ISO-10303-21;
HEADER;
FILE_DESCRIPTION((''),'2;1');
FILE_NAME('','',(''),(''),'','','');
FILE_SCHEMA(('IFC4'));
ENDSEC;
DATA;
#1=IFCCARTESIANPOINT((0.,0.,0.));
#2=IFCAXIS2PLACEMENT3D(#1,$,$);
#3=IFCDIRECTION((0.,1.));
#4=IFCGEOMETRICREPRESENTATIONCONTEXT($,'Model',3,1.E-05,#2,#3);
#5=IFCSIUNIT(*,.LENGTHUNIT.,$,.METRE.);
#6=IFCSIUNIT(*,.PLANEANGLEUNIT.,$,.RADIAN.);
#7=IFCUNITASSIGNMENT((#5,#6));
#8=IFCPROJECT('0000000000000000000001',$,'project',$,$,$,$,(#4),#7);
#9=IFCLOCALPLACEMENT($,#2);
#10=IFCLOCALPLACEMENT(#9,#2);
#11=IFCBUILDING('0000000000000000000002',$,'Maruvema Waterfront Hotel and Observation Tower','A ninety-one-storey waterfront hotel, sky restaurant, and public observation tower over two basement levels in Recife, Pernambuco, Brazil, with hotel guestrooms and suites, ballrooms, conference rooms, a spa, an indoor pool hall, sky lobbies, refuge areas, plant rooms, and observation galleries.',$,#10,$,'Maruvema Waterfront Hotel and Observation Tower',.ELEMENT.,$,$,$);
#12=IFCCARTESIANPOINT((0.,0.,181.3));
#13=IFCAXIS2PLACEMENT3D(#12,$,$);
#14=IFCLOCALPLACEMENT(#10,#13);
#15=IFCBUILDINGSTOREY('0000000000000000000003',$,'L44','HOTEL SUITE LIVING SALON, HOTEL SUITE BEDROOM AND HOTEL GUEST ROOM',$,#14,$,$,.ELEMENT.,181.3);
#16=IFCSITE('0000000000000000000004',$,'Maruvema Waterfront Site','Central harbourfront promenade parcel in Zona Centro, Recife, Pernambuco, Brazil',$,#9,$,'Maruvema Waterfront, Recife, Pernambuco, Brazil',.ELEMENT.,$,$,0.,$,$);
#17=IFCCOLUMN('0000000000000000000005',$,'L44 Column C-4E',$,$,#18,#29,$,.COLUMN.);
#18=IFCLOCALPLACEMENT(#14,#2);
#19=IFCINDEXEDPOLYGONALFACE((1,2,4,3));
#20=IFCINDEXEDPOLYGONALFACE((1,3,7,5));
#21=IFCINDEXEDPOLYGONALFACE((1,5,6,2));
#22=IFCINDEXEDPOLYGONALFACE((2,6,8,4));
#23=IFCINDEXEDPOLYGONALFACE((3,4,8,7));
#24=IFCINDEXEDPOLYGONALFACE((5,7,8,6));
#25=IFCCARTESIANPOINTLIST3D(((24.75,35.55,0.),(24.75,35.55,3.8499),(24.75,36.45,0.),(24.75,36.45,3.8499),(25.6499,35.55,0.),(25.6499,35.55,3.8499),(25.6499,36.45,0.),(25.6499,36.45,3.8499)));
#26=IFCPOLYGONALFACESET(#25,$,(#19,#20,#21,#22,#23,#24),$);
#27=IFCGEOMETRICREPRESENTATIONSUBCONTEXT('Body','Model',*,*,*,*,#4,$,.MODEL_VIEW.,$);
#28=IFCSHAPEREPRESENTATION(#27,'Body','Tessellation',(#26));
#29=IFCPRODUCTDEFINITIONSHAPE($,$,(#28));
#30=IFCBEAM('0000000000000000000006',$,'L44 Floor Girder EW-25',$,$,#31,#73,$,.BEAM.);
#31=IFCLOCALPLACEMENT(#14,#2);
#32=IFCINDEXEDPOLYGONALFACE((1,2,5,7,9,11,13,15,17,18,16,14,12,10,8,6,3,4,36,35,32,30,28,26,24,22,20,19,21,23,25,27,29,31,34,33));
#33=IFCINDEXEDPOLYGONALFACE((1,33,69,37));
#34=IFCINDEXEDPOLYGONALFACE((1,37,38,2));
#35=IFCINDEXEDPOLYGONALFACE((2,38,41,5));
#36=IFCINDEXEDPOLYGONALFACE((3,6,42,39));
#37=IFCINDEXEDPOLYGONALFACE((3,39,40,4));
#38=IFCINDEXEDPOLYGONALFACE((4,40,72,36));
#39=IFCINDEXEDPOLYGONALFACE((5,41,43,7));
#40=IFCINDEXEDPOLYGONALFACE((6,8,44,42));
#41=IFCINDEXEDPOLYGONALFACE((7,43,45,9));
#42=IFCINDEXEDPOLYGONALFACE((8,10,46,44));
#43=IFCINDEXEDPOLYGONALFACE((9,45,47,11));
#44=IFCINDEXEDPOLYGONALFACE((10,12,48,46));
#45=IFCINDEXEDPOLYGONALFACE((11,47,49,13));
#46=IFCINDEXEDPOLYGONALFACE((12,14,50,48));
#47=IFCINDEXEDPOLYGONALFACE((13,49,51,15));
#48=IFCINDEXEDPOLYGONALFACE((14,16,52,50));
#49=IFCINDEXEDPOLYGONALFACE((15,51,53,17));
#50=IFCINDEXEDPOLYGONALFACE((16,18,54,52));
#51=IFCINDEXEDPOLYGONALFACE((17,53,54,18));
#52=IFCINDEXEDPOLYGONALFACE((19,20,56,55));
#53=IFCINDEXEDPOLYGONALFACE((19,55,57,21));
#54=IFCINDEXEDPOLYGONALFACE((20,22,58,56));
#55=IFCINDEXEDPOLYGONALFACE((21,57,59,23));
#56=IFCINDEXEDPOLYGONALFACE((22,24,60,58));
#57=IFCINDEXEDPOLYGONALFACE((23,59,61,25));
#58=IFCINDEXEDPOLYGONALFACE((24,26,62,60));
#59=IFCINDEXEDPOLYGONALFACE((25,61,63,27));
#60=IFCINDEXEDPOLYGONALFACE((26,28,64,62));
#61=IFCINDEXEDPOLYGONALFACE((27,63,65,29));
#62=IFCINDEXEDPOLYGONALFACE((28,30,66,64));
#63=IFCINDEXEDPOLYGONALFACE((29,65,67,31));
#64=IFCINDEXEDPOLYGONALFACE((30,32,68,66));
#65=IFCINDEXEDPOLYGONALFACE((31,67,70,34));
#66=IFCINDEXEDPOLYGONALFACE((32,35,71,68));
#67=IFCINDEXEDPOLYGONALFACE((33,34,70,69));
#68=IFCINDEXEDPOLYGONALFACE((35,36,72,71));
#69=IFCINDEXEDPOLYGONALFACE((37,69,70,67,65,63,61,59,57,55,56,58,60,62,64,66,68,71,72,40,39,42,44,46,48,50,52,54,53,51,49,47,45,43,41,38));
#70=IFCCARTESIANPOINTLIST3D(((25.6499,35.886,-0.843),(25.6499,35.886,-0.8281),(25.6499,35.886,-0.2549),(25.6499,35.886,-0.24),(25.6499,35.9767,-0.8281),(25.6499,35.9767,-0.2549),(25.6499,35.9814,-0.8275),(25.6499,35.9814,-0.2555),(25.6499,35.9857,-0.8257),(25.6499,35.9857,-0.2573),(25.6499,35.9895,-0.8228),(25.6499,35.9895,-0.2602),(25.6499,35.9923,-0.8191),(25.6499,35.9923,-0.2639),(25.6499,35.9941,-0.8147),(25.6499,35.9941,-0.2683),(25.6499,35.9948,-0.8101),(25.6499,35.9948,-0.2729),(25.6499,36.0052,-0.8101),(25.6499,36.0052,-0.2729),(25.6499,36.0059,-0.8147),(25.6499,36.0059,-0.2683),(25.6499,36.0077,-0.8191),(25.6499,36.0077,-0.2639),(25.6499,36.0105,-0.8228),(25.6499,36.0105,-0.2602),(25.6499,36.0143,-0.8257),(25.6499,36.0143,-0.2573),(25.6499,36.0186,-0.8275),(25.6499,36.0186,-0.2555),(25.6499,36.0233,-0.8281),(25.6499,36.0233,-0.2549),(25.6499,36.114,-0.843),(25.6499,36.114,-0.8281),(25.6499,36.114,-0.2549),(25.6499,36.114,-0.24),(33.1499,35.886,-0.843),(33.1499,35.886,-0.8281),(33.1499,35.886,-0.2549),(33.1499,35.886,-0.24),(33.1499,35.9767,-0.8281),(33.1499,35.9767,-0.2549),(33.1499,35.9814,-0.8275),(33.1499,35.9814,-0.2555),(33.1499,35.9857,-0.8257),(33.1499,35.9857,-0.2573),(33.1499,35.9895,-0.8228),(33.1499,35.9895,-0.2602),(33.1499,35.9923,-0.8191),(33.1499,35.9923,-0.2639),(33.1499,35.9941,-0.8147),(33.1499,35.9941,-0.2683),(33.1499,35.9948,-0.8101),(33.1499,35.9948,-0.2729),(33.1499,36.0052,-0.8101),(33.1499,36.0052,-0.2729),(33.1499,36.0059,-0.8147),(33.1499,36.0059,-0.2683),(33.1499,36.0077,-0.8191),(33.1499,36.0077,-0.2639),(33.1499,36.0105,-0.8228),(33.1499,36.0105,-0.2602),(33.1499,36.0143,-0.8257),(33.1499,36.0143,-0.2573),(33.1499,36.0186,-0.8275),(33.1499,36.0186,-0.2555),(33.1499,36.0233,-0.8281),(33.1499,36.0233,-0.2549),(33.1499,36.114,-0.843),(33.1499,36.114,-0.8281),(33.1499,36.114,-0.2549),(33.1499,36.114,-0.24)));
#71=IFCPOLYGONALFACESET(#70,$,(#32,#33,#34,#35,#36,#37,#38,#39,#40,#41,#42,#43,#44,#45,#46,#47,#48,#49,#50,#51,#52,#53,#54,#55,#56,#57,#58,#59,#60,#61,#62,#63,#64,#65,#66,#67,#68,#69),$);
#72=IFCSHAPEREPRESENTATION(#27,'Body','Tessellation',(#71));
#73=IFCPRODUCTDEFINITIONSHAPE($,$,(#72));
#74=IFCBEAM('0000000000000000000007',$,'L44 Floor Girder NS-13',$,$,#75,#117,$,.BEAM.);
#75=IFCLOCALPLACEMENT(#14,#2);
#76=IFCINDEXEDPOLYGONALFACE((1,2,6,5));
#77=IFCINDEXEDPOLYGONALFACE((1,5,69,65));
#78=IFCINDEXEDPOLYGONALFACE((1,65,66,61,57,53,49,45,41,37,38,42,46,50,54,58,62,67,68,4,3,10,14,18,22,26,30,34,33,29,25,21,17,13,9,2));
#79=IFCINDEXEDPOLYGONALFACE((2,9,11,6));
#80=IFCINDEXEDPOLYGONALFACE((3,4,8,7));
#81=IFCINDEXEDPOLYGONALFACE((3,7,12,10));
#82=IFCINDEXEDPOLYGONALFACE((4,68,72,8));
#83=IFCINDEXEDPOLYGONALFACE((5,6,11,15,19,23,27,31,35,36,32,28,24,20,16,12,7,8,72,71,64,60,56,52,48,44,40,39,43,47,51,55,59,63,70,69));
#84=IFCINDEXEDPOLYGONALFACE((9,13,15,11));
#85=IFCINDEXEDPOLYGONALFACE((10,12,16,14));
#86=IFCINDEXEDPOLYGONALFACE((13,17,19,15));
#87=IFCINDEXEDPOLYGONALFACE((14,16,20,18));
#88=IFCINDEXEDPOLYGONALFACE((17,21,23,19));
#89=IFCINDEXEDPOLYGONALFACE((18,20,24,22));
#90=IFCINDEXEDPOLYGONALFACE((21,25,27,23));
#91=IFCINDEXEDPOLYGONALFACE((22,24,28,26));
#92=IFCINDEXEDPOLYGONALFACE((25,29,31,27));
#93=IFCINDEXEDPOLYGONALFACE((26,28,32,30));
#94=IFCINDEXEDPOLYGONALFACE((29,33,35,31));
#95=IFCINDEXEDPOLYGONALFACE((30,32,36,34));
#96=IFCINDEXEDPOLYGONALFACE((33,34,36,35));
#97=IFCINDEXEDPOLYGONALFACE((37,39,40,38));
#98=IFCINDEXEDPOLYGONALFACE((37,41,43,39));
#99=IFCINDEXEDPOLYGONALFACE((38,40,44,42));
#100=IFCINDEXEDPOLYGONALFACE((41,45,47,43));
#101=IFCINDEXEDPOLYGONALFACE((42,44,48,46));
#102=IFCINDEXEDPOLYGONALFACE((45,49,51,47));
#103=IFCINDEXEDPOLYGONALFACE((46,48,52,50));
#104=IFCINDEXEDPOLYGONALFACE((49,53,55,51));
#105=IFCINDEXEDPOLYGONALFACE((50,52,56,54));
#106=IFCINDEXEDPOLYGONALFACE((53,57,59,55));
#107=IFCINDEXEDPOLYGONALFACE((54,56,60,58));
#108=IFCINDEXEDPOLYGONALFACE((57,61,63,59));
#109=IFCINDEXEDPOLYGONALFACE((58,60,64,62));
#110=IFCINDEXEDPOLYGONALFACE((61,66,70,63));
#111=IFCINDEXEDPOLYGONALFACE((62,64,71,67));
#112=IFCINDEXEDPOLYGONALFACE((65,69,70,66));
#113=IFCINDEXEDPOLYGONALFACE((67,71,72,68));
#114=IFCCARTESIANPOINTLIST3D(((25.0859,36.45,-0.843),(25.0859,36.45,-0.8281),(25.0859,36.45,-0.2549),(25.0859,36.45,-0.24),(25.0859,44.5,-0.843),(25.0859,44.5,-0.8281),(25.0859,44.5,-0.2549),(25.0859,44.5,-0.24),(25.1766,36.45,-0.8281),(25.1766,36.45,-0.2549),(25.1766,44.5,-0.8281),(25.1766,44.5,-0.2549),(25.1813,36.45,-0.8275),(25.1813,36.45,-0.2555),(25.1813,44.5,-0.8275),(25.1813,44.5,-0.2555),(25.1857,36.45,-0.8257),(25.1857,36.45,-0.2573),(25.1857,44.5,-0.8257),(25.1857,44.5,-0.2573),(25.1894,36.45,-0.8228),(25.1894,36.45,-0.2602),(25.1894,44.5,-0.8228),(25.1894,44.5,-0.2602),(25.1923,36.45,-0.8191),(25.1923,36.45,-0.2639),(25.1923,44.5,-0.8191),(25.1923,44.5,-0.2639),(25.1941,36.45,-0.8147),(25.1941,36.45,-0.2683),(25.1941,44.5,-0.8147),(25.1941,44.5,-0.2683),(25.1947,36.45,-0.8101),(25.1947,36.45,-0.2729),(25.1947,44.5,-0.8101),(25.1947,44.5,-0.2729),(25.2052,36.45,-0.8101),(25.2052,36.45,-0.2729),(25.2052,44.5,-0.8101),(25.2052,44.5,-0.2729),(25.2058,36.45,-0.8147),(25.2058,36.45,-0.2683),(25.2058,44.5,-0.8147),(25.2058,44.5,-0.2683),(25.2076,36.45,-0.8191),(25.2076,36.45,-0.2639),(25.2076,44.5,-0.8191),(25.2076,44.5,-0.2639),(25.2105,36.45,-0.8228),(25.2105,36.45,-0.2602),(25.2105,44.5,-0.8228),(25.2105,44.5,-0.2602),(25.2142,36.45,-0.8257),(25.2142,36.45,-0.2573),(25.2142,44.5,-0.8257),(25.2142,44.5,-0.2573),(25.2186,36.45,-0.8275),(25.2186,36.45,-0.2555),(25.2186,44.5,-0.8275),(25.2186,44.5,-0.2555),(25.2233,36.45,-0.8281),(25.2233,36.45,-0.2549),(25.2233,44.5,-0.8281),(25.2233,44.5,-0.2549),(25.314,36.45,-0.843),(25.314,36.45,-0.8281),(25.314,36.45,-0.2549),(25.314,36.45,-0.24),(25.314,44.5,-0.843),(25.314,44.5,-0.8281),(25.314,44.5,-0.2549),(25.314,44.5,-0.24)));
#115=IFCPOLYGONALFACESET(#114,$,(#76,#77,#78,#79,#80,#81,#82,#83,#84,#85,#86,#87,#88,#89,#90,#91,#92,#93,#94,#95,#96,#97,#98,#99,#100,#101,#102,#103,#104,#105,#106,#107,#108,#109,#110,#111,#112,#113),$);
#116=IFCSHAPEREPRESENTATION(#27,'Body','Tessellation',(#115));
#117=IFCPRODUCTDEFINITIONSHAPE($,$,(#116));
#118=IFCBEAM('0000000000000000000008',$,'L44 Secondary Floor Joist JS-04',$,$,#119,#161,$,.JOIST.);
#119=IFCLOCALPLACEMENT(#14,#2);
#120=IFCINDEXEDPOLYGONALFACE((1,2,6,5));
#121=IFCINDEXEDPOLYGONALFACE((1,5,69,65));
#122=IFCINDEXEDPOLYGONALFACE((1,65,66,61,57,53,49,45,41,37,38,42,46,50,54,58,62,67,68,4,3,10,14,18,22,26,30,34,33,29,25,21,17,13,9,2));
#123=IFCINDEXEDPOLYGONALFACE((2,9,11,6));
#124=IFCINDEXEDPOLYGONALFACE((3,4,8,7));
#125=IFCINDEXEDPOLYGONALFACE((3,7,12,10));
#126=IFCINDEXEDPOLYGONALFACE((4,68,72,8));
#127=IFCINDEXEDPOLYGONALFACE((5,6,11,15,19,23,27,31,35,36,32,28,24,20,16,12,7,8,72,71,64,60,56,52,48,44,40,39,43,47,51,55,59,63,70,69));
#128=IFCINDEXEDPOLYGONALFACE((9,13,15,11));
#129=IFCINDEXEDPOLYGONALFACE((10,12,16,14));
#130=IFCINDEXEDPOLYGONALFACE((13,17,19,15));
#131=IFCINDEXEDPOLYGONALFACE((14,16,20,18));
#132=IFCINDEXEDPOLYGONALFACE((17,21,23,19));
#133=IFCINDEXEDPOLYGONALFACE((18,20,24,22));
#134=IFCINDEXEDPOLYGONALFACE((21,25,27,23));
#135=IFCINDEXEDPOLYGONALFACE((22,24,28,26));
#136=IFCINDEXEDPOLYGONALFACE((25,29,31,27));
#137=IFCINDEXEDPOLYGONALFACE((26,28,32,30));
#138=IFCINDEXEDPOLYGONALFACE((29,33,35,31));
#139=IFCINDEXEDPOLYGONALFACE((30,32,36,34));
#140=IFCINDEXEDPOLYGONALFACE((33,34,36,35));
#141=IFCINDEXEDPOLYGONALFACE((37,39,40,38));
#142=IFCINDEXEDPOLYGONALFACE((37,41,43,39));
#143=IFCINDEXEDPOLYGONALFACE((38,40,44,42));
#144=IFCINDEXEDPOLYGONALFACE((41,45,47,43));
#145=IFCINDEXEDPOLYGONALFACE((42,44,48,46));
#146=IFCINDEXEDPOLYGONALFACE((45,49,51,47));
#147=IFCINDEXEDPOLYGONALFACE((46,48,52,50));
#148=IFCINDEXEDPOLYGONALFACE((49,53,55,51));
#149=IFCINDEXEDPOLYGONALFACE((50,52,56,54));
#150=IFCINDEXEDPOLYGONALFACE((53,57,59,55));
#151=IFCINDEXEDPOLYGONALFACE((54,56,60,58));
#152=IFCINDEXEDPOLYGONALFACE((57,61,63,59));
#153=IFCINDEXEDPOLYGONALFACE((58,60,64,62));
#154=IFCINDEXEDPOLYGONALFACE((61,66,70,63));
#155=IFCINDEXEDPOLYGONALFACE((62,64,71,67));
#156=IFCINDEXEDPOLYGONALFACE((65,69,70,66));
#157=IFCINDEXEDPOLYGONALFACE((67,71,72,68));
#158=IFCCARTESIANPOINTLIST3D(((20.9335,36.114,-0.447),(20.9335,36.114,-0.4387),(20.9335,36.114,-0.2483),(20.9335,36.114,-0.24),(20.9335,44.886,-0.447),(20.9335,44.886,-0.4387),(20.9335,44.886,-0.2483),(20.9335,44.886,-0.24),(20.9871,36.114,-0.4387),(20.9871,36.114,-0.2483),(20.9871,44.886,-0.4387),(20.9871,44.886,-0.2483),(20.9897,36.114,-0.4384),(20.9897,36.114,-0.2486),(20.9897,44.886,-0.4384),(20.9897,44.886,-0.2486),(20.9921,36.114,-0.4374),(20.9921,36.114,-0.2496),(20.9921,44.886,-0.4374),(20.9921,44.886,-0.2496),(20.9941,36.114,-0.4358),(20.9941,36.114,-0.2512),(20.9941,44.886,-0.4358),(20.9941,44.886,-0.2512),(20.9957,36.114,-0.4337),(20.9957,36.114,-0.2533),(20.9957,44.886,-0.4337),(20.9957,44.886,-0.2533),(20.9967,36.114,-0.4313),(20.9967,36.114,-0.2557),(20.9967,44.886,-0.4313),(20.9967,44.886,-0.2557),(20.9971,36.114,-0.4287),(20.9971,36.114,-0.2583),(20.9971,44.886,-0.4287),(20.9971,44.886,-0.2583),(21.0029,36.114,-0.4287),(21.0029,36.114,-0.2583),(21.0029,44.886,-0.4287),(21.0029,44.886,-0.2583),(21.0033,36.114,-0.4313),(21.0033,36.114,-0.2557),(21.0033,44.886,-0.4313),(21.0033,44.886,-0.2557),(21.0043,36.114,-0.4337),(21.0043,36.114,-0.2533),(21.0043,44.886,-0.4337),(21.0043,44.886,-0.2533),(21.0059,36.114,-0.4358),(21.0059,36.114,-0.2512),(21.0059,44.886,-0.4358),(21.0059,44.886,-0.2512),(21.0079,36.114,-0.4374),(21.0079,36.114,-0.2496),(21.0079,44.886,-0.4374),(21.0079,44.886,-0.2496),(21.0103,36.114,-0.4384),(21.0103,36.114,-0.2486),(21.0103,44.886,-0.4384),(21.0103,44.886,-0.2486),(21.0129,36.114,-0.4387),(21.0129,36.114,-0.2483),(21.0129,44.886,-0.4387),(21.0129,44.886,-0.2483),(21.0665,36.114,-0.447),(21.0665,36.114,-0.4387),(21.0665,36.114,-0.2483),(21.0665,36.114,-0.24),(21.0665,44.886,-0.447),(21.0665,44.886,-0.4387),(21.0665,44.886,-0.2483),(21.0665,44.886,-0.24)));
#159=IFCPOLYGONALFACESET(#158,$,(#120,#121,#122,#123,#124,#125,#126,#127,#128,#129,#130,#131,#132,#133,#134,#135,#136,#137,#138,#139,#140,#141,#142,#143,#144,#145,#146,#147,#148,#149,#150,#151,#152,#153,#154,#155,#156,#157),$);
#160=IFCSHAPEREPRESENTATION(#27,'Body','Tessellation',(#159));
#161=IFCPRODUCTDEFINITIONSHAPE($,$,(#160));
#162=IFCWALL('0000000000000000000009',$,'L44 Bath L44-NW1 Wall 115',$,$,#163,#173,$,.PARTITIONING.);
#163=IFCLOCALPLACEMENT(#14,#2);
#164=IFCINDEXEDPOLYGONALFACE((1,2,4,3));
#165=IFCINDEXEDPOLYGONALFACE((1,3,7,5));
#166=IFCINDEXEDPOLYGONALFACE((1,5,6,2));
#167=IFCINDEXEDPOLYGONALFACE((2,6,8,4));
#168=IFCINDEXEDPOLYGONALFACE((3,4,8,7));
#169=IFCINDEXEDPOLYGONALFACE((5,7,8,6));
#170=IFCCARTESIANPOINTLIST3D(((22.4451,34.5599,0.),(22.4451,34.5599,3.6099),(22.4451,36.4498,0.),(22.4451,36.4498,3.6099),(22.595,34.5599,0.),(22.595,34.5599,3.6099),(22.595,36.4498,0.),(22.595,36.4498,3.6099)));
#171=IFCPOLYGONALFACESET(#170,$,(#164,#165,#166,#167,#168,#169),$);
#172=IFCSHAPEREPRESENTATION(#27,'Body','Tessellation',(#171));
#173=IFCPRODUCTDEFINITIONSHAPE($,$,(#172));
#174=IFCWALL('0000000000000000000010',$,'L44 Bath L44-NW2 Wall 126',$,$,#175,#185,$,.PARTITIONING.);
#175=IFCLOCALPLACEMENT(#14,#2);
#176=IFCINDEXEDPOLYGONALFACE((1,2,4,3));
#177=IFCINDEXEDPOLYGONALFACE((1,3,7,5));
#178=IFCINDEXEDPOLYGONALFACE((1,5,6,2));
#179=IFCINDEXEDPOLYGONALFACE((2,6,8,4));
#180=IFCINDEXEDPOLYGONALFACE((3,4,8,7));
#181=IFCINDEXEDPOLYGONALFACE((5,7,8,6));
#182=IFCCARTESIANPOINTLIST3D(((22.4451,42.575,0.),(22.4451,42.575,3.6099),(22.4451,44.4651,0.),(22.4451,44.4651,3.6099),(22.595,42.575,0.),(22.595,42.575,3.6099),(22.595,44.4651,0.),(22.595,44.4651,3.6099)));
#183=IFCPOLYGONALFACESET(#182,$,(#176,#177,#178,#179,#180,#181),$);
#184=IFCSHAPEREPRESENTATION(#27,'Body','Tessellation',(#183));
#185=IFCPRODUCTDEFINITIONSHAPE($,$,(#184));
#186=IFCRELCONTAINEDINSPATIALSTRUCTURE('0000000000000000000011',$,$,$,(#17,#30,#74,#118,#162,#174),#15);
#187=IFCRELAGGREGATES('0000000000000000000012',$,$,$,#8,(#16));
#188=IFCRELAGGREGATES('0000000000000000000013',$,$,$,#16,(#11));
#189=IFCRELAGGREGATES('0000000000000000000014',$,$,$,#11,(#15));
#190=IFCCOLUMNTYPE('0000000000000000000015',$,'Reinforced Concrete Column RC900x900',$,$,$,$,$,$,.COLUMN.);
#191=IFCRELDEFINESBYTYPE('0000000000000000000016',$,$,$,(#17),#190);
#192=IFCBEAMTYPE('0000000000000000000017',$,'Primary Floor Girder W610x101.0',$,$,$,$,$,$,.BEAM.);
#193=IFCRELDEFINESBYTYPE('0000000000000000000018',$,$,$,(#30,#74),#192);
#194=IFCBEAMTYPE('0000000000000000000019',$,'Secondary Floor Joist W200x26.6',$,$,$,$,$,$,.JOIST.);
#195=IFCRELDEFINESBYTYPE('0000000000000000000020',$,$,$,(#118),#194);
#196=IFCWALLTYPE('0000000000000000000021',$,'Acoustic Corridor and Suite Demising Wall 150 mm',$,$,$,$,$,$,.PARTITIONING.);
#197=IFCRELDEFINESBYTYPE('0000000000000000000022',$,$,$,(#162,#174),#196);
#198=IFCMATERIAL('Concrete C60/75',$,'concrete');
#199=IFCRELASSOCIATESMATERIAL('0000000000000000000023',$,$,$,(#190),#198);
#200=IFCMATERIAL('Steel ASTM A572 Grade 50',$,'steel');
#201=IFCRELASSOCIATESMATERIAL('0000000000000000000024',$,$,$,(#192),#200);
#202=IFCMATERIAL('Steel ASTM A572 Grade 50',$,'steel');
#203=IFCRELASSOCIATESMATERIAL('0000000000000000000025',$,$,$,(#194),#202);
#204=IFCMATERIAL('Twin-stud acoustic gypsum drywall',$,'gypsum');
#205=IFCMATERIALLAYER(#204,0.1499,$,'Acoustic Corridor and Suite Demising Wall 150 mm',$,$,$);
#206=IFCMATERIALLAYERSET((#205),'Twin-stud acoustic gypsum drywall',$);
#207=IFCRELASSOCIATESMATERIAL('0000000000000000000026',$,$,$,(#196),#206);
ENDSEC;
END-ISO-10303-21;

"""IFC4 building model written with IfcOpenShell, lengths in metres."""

from ifc_helpers import new_model, si_unit, direction, frame, frame_2d, origin, origin_2d, place, context, subcontext, project, spatial, rectangle, i_section, extrude, material, layer, layer_set, material_profile, profile_set, type_object, element, save


model = new_model("IFC4")

# Units and contexts
model_context = context("Model", 3, precision=1e-05, world=origin(), true_north=direction((0.0, 1.0)))
body_context = subcontext(model_context, "Body", "Model", "MODEL_VIEW")
ifc_project = project(units=[si_unit("LENGTHUNIT", "METRE"), si_unit("PLANEANGLEUNIT", "RADIAN")], contexts=[model_context])

# Site, building, storey
site_placement = place(None, origin())
site = spatial("IfcSite", under=ifc_project, at=site_placement, Name="Maruvema Waterfront Site", Description="Central harbourfront promenade parcel in Zona Centro, Recife, Pernambuco, Brazil", LongName="Maruvema Waterfront, Recife, Pernambuco, Brazil", CompositionType="ELEMENT", RefElevation=0.0)
building_placement = place(site_placement, origin())
building = spatial("IfcBuilding", under=site, at=building_placement, Name="Maruvema Waterfront Hotel and Observation Tower", Description="A ninety-one-storey waterfront hotel, sky restaurant, and public observation tower over two basement levels in Recife, Pernambuco, Brazil, with hotel guestrooms and suites, ballrooms, conference rooms, a spa, an indoor pool hall, sky lobbies, refuge areas, plant rooms, and observation galleries.", LongName="Maruvema Waterfront Hotel and Observation Tower", CompositionType="ELEMENT")
storey_placement = place(building_placement, frame((0.0, 0.0, 181.3)))
storey = spatial("IfcBuildingStorey", under=building, at=storey_placement, Name="L44", Description="HOTEL SUITE LIVING SALON, HOTEL SUITE BEDROOM AND HOTEL GUEST ROOM", CompositionType="ELEMENT", Elevation=181.3)

# Column
ifc_material_1 = material(Name="Concrete C60/75", Category="concrete")
ifc_material_profile_1 = material_profile(ifc_material_1, rectangle(XDim=0.8999, YDim=0.8999, at=origin_2d()), Name="RC900x900")
ifc_profile_set_1 = profile_set([ifc_material_profile_1], Name="Concrete C60/75")
column_type = type_object("IfcColumnType", Name="Reinforced Concrete Column RC900x900", PredefinedType="COLUMN", material=ifc_profile_set_1)
column_placement = place(storey_placement, frame((25.2, 36.0, 0.0), z_axis=(0.0, 0.0, 1.0), x_axis=(1.0, 0.0, 0.0)))
element("IfcColumn", 1, at=column_placement, inside=storey, type_object=column_type, Name="L44 Column C-4E", PredefinedType="COLUMN", context=body_context, shape_type="SweptSolid", body=[
    extrude(rectangle(XDim=0.8999, YDim=0.8999, at=origin_2d()), origin(), (0.0, 0.0, 1.0), 3.8499),
])

# Beams
ifc_material_2 = material(Name="Steel ASTM A572 Grade 50", Category="steel")
ifc_material_profile_2 = material_profile(ifc_material_2, i_section(OverallWidth=0.228, OverallDepth=0.603, WebThickness=0.0105, FlangeThickness=0.0149, FilletRadius=0.0181, at=origin_2d()), Name="W610x101.0")
ifc_profile_set_2 = profile_set([ifc_material_profile_2], Name="Steel ASTM A572 Grade 50")
beam_type_1 = type_object("IfcBeamType", Name="Primary Floor Girder W610x101.0", PredefinedType="BEAM", material=ifc_profile_set_2)
beam_1_placement = place(storey_placement, frame((25.6499, 36.0, -0.5415), z_axis=(1.0, 0.0, 0.0), x_axis=(0.0, 1.0, 0.0)))
element("IfcBeam", 2, at=beam_1_placement, inside=storey, type_object=beam_type_1, Name="L44 Floor Girder EW-25", PredefinedType="BEAM", context=body_context, shape_type="SweptSolid", body=[
    extrude(i_section(OverallWidth=0.228, OverallDepth=0.603, WebThickness=0.0105, FlangeThickness=0.0149, FilletRadius=0.0181, at=origin_2d()), origin(), (0.0, 0.0, 1.0), 7.5),
])
beam_2_placement = place(storey_placement, frame((25.2, 36.45, -0.5415), z_axis=(0.0, 1.0, 0.0), x_axis=(-1.0, 0.0, 0.0)))
element("IfcBeam", 3, at=beam_2_placement, inside=storey, type_object=beam_type_1, Name="L44 Floor Girder NS-13", PredefinedType="BEAM", context=body_context, shape_type="SweptSolid", body=[
    extrude(i_section(OverallWidth=0.228, OverallDepth=0.603, WebThickness=0.0105, FlangeThickness=0.0149, FilletRadius=0.0181, at=origin_2d()), origin(), (0.0, 0.0, 1.0), 8.05),
])
ifc_material_3 = material(Name="Steel ASTM A572 Grade 50", Category="steel")
ifc_material_profile_3 = material_profile(ifc_material_3, i_section(OverallWidth=0.1331, OverallDepth=0.207, WebThickness=0.0059, FlangeThickness=0.0083, FilletRadius=0.01, at=origin_2d()), Name="W200x26.6")
ifc_profile_set_3 = profile_set([ifc_material_profile_3], Name="Steel ASTM A572 Grade 50")
beam_type_2 = type_object("IfcBeamType", Name="Secondary Floor Joist W200x26.6", PredefinedType="JOIST", material=ifc_profile_set_3)
beam_3_placement = place(storey_placement, frame((21.0, 36.114, -0.3435), z_axis=(0.0, 1.0, 0.0), x_axis=(-1.0, 0.0, 0.0)))
element("IfcBeam", 4, at=beam_3_placement, inside=storey, type_object=beam_type_2, Name="L44 Secondary Floor Joist JS-04", PredefinedType="JOIST", context=body_context, shape_type="SweptSolid", body=[
    extrude(i_section(OverallWidth=0.1331, OverallDepth=0.207, WebThickness=0.0059, FlangeThickness=0.0083, FilletRadius=0.01, at=origin_2d()), origin(), (0.0, 0.0, 1.0), 8.772),
])

# Wall
ifc_material_4 = material(Name="Twin-stud acoustic gypsum drywall", Category="gypsum")
ifc_layer_1 = layer(ifc_material_4, 0.1499, Name="Acoustic Corridor and Suite Demising Wall 150 mm")
ifc_layer_set_1 = layer_set([ifc_layer_1], Name="Twin-stud acoustic gypsum drywall")
wall_type_1 = type_object("IfcWallType", Name="Acoustic Corridor and Suite Demising Wall 150 mm", PredefinedType="PARTITIONING", material=ifc_layer_set_1)
wall_1_placement = place(storey_placement, frame((22.52, 34.5601, 0.0), z_axis=(0.0, 0.0, 1.0), x_axis=(0.0, 1.0, 0.0)))
element("IfcWall", 5, at=wall_1_placement, inside=storey, type_object=wall_type_1, Name="L44 Bath L44-NW1 Wall 115", PredefinedType="PARTITIONING", context=body_context, shape_type="SweptSolid", body=[
    extrude(rectangle(XDim=1.8899, YDim=0.1499, at=frame_2d((0.9448, 0.0))), origin(), (0.0, 0.0, 1.0), 3.6099),
])

# Wall
wall_2_placement = place(storey_placement, frame((22.52, 42.575, 0.0), z_axis=(0.0, 0.0, 1.0), x_axis=(0.0, 1.0, 0.0)))
element("IfcWall", 6, at=wall_2_placement, inside=storey, type_object=wall_type_1, Name="L44 Bath L44-NW2 Wall 126", PredefinedType="PARTITIONING", context=body_context, shape_type="SweptSolid", body=[
    extrude(rectangle(XDim=1.8901, YDim=0.1499, at=frame_2d((0.9451, 0.0))), origin(), (0.0, 0.0, 1.0), 3.6099),
])

save(model, "model.ifc")
